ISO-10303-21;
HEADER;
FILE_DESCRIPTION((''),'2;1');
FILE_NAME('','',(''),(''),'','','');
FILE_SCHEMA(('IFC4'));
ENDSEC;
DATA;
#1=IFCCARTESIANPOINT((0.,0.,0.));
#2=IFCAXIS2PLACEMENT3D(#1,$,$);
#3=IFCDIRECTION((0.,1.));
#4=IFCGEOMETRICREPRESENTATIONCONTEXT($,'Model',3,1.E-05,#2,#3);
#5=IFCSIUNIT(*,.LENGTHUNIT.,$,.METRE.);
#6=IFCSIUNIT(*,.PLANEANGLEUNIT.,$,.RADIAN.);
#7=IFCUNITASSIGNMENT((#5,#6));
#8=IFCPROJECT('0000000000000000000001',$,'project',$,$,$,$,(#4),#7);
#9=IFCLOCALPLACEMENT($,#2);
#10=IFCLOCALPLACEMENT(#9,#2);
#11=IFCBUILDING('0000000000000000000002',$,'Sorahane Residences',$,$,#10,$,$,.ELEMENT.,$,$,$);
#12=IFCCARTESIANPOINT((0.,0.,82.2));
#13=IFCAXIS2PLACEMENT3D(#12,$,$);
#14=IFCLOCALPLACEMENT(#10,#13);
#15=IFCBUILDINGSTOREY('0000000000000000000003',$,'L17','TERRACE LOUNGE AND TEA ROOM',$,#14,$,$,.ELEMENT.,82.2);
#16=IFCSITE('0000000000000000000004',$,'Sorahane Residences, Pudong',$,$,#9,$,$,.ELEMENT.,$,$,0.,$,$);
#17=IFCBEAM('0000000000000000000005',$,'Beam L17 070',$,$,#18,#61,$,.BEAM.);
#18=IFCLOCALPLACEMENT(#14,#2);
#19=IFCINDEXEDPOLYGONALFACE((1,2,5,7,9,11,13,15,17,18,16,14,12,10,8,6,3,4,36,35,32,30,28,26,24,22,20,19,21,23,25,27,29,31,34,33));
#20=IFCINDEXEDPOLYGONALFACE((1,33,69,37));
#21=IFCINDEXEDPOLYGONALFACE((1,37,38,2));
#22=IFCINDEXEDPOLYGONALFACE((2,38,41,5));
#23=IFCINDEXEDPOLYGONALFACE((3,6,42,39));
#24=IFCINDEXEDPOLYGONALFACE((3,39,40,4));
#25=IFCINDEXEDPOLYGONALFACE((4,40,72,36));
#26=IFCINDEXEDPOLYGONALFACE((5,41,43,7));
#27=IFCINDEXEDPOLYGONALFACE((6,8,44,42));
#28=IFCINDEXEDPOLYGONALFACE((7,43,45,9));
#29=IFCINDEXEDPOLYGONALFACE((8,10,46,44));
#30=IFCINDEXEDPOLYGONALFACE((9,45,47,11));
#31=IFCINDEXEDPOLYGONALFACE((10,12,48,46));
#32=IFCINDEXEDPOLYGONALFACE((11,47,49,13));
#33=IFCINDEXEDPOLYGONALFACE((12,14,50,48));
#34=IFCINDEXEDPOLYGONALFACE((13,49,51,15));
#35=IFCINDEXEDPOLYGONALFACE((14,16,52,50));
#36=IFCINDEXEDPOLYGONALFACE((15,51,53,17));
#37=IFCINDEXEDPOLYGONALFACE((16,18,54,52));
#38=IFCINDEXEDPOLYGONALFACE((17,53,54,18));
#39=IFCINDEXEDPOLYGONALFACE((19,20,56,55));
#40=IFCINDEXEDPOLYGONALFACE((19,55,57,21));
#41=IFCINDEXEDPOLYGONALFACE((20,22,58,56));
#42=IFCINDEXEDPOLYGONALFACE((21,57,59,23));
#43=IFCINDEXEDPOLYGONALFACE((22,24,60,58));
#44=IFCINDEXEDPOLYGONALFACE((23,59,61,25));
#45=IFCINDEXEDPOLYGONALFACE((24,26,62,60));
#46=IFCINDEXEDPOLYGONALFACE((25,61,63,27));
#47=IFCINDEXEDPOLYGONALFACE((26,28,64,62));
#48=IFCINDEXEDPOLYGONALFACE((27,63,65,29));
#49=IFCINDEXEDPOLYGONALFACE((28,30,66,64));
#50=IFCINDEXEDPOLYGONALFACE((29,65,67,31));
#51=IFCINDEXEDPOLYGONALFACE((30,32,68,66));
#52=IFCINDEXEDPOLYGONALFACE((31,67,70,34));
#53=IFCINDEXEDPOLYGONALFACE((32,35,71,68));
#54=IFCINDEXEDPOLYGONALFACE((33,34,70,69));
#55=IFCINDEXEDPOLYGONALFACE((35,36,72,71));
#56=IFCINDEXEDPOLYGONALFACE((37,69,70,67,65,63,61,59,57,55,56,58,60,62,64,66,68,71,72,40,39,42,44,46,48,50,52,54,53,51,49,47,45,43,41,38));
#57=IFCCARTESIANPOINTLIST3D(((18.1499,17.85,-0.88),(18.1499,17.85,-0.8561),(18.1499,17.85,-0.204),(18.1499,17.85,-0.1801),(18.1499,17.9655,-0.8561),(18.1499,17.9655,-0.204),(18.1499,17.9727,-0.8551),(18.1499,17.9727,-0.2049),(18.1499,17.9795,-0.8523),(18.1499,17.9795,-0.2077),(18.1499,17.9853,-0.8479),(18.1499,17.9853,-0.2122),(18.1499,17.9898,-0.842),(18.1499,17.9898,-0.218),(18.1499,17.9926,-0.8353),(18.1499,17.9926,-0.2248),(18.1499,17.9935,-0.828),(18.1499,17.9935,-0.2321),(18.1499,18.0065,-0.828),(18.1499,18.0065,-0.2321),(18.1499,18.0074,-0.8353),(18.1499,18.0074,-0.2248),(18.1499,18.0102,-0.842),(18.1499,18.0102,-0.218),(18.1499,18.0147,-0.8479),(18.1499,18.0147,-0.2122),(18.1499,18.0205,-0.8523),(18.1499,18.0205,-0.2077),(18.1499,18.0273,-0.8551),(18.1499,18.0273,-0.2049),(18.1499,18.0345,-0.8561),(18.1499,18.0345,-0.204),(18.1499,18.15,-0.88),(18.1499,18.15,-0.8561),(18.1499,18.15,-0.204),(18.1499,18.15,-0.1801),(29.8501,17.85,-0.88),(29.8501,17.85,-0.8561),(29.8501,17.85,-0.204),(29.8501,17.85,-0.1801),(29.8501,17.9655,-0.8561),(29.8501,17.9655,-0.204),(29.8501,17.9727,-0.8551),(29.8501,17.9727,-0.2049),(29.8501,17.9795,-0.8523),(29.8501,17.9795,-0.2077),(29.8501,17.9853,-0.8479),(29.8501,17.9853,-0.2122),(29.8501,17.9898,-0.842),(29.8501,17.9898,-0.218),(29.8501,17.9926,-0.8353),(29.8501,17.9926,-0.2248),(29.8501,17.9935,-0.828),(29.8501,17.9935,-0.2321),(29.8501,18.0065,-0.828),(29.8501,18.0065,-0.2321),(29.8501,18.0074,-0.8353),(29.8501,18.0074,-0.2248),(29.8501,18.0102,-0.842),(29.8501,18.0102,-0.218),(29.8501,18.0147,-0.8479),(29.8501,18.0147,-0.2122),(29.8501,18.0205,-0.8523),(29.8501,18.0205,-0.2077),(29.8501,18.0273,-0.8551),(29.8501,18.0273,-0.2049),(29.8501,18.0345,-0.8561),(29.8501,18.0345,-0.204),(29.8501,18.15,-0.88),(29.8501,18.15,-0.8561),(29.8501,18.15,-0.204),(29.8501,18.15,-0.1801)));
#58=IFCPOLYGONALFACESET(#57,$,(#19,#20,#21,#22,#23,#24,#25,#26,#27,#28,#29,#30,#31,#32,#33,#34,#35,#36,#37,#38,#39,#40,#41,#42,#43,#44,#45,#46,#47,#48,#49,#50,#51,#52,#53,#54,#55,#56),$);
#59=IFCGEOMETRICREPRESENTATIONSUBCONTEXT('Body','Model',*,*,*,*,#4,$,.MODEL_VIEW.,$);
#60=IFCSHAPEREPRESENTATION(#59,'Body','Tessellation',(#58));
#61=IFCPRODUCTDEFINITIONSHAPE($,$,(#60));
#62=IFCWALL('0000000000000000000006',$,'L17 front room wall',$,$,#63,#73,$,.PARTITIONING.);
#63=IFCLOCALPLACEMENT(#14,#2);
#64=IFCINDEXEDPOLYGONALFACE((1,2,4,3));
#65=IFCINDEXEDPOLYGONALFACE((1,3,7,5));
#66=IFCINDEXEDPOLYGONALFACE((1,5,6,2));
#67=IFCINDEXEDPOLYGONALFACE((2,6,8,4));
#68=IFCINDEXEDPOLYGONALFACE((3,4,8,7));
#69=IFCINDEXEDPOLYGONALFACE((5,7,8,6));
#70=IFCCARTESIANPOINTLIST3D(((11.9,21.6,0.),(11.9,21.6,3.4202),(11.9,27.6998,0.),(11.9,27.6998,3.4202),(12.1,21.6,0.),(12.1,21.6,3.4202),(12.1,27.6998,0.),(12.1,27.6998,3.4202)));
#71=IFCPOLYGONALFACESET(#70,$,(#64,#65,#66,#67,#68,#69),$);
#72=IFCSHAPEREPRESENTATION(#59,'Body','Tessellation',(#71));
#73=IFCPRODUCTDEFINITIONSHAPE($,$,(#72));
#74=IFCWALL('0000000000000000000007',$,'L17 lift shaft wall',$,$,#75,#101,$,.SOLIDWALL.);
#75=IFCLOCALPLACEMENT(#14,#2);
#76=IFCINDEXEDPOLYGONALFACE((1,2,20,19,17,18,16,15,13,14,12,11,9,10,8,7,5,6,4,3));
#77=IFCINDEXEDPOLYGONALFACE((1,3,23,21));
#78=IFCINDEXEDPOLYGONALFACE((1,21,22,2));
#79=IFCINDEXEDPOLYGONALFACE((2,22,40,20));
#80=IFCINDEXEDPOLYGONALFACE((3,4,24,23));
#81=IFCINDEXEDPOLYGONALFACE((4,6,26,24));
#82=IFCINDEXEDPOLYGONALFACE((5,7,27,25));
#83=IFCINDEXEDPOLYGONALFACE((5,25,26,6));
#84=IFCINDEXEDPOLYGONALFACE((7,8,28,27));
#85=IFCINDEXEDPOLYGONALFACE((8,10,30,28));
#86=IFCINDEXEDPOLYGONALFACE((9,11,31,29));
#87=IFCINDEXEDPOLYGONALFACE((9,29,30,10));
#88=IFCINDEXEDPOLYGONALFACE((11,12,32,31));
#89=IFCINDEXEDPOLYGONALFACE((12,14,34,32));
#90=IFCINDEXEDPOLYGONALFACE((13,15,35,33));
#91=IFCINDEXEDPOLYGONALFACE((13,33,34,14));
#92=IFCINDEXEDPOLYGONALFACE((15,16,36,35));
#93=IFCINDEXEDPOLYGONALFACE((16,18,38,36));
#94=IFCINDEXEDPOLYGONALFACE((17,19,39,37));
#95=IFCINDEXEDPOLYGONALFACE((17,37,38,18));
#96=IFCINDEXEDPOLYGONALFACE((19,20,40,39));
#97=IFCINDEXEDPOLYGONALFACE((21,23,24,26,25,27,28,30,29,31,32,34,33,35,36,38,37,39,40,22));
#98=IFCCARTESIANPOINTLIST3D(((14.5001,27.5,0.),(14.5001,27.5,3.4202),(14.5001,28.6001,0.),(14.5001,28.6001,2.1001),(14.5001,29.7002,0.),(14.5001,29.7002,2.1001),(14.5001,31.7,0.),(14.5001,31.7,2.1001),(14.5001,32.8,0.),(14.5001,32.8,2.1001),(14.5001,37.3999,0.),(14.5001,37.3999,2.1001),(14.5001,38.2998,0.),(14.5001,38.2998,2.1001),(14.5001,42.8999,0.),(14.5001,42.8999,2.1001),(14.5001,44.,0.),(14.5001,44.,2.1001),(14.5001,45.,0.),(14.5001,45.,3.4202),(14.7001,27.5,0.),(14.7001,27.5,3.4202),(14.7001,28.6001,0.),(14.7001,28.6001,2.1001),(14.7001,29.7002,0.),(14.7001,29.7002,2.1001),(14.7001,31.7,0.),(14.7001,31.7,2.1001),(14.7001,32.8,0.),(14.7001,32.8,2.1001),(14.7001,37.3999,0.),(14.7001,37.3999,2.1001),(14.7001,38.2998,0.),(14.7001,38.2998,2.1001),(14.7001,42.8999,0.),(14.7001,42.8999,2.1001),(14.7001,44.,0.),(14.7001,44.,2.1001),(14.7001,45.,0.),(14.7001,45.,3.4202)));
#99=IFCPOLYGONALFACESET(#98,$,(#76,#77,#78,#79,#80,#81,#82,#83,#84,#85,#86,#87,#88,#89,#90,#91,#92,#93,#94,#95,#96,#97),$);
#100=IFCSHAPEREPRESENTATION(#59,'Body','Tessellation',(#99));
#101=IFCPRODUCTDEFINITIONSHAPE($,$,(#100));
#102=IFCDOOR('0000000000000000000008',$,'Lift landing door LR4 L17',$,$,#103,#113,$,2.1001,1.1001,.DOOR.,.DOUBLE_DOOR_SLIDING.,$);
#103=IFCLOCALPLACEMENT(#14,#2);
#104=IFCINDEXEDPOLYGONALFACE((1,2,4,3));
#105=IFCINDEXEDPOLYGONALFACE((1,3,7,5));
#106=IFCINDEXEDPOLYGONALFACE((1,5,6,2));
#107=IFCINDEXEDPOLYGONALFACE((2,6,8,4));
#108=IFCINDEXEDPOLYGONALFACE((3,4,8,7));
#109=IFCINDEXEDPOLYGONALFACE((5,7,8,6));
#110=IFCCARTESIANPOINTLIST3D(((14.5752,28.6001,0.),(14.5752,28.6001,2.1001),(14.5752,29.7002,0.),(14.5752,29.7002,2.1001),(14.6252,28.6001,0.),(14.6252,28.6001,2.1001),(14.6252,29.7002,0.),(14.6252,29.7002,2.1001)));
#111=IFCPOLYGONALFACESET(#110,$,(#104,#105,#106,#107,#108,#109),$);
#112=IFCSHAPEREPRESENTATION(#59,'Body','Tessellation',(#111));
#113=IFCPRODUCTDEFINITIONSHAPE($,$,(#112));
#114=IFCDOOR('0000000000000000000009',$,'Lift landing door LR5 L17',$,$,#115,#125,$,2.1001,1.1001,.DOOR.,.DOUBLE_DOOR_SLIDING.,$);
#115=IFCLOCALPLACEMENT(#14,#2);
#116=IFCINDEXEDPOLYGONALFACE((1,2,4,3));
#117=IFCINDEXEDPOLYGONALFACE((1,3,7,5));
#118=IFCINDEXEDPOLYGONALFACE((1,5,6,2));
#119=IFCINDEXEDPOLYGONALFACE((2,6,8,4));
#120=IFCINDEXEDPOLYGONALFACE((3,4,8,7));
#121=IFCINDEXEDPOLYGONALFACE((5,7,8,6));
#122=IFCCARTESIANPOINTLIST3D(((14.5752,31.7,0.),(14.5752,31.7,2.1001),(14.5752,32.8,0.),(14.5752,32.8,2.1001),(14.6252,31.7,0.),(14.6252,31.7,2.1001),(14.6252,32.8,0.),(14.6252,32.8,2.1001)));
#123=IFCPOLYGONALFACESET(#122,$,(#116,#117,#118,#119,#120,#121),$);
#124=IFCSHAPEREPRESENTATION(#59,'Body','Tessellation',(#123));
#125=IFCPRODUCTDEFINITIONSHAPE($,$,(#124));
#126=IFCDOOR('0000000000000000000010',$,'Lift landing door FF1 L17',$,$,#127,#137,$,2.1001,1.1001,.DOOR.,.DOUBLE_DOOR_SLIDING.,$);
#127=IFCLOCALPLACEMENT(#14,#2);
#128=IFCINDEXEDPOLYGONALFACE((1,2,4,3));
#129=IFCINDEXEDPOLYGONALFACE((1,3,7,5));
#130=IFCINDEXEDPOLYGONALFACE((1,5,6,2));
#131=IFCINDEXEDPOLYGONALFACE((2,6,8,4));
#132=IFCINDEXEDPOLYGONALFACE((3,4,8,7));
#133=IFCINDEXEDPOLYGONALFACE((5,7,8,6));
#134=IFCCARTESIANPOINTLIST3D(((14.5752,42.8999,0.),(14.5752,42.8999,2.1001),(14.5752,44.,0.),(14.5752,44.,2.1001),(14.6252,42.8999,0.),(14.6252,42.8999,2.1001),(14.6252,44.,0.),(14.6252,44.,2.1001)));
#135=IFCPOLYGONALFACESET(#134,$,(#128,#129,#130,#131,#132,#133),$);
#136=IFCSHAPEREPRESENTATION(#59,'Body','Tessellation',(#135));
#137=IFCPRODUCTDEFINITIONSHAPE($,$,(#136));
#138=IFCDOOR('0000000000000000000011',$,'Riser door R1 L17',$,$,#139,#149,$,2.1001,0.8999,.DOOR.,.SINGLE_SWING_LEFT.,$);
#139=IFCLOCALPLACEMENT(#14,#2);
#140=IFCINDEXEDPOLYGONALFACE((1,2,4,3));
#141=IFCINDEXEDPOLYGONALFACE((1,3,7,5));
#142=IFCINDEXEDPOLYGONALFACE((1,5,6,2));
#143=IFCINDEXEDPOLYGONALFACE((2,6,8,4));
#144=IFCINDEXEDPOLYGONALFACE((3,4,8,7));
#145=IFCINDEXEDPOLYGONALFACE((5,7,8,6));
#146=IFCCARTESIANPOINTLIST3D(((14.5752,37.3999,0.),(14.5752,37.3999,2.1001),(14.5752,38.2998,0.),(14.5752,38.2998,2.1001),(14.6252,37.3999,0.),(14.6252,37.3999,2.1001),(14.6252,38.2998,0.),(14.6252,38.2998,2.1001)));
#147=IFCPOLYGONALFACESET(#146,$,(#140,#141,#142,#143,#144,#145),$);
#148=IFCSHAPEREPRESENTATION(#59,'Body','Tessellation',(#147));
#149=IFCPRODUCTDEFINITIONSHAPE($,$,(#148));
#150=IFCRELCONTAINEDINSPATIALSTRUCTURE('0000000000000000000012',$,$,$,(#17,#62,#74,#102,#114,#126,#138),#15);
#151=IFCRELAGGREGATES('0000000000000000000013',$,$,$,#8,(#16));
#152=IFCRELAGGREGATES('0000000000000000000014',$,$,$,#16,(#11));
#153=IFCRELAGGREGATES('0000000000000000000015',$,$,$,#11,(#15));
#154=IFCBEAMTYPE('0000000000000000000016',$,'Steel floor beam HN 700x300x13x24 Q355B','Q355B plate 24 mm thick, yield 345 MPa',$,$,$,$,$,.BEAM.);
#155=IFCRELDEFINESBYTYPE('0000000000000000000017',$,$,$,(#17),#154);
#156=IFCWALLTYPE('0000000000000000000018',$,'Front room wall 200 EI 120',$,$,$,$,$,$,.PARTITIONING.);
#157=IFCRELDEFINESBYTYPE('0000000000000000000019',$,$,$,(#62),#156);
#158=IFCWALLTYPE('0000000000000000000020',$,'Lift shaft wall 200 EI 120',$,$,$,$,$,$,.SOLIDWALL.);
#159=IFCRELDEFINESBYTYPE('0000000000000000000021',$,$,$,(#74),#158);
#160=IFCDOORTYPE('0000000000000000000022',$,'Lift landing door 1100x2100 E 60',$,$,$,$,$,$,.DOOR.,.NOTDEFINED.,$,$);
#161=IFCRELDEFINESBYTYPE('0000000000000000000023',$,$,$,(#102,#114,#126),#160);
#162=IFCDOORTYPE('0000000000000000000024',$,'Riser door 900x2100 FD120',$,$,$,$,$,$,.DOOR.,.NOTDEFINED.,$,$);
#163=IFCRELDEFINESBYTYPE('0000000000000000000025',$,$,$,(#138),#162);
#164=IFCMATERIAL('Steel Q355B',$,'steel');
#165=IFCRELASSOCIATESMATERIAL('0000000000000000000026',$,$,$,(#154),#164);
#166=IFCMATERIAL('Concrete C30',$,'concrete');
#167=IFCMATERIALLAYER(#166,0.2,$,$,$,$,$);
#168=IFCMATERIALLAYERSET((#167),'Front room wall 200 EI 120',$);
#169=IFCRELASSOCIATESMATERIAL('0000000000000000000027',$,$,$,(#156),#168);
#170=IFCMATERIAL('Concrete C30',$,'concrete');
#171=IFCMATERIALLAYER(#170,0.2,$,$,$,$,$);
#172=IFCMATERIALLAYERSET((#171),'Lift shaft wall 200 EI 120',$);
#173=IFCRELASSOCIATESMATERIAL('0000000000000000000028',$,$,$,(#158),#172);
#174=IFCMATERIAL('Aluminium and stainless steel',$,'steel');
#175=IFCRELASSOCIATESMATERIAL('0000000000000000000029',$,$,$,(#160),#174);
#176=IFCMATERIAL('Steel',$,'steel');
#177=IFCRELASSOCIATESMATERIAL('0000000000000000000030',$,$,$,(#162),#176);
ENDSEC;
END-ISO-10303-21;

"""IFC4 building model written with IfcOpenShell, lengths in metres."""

from ifc_helpers import new_model, si_unit, direction, frame, frame_2d, origin, origin_2d, place, context, subcontext, project, spatial, rectangle, i_section, extrude, material, layer, layer_set, material_profile, profile_set, type_object, element, fill, save


model = new_model("IFC4")

# Units and contexts
model_context = context("Model", 3, precision=1e-05, world=origin(), true_north=direction((0.0, 1.0)))
body_context = subcontext(model_context, "Body", "Model", "MODEL_VIEW")
ifc_project = project(units=[si_unit("LENGTHUNIT", "METRE"), si_unit("PLANEANGLEUNIT", "RADIAN")], contexts=[model_context])

# Site, building, storey
site_placement = place(None, origin())
site = spatial("IfcSite", under=ifc_project, at=site_placement, Name="Sorahane Residences, Pudong", CompositionType="ELEMENT", RefElevation=0.0)
building_placement = place(site_placement, origin())
building = spatial("IfcBuilding", under=site, at=building_placement, Name="Sorahane Residences", CompositionType="ELEMENT")
storey_placement = place(building_placement, frame((0.0, 0.0, 82.2)))
storey = spatial("IfcBuildingStorey", under=building, at=storey_placement, Name="L17", Description="TERRACE LOUNGE AND TEA ROOM", CompositionType="ELEMENT", Elevation=82.2)

# Beam
ifc_material_1 = material(Name="Steel Q355B", Category="steel")
ifc_material_profile_1 = material_profile(ifc_material_1, i_section(OverallWidth=0.3, OverallDepth=0.7, WebThickness=0.0129, FlangeThickness=0.0239, FilletRadius=0.0281, at=origin_2d()), Name="HN 700x300x13x24")
ifc_profile_set_1 = profile_set([ifc_material_profile_1], Name="Steel Q355B")
beam_type_1 = type_object("IfcBeamType", Name="Steel floor beam HN 700x300x13x24 Q355B", Description="Q355B plate 24 mm thick, yield 345 MPa", PredefinedType="BEAM", material=ifc_profile_set_1)
beam_1_placement = place(storey_placement, frame((18.1499, 18.0, -0.53), z_axis=(1.0, 0.0, 0.0), x_axis=(0.0, 1.0, 0.0)))
element("IfcBeam", 1, at=beam_1_placement, inside=storey, type_object=beam_type_1, Name="Beam L17 070", PredefinedType="BEAM", context=body_context, shape_type="SweptSolid", body=[
    extrude(i_section(OverallWidth=0.3, OverallDepth=0.7, WebThickness=0.0129, FlangeThickness=0.0239, FilletRadius=0.0281, at=origin_2d()), origin(), (0.0, 0.0, 1.0), 11.7002),
])

# Wall
ifc_material_2 = material(Name="Concrete C30", Category="concrete")
ifc_layer_1 = layer(ifc_material_2, 0.2)
ifc_layer_set_1 = layer_set([ifc_layer_1], Name="Front room wall 200 EI 120")
wall_type_1 = type_object("IfcWallType", Name="Front room wall 200 EI 120", PredefinedType="PARTITIONING", material=ifc_layer_set_1)
wall_1_placement = place(storey_placement, frame((12.0, 21.6001, 0.0), z_axis=(0.0, 0.0, 1.0), x_axis=(0.0, 1.0, 0.0)))
element("IfcWall", 2, at=wall_1_placement, inside=storey, type_object=wall_type_1, Name="L17 front room wall", PredefinedType="PARTITIONING", context=body_context, shape_type="SweptSolid", body=[
    extrude(rectangle(XDim=6.0999, YDim=0.2, at=frame_2d((3.0498, 0.0))), origin(), (0.0, 0.0, 1.0), 3.4202),
])

# Wall, openings, doors
ifc_material_3 = material(Name="Concrete C30", Category="concrete")
ifc_layer_2 = layer(ifc_material_3, 0.2)
ifc_layer_set_2 = layer_set([ifc_layer_2], Name="Lift shaft wall 200 EI 120")
wall_type_2 = type_object("IfcWallType", Name="Lift shaft wall 200 EI 120", PredefinedType="SOLIDWALL", material=ifc_layer_set_2)
wall_2_placement = place(storey_placement, frame((14.6001, 27.5, 0.0), z_axis=(0.0, 0.0, 1.0), x_axis=(0.0, 1.0, 0.0)))
wall_2 = element("IfcWall", 3, at=wall_2_placement, inside=storey, type_object=wall_type_2, Name="L17 lift shaft wall", PredefinedType="SOLIDWALL", context=body_context, shape_type="SweptSolid", body=[
    extrude(rectangle(XDim=17.5, YDim=0.2, at=frame_2d((8.75, 0.0))), origin(), (0.0, 0.0, 1.0), 3.4202),
])
opening_1_placement = place(wall_2_placement, frame((1.1001, 0.0, 0.0)))
opening_1 = element("IfcOpeningElement", 4, at=opening_1_placement, cuts=wall_2, PredefinedType="OPENING", context=body_context, shape_type="SweptSolid", body=[
    extrude(rectangle(XDim=1.1001, YDim=2.1001, at=frame_2d((0.55, 1.05))), frame((0.0, 0.1099, 0.0), z_axis=(0.0, -1.0, 0.0), x_axis=(1.0, 0.0, 0.0)), (0.0, 0.0, 1.0), 0.22),
])
opening_2_placement = place(wall_2_placement, frame((4.2, 0.0, 0.0)))
opening_2 = element("IfcOpeningElement", 5, at=opening_2_placement, cuts=wall_2, PredefinedType="OPENING", context=body_context, shape_type="SweptSolid", body=[
    extrude(rectangle(XDim=1.1001, YDim=2.1001, at=frame_2d((0.55, 1.05))), frame((0.0, 0.1099, 0.0), z_axis=(0.0, -1.0, 0.0), x_axis=(1.0, 0.0, 0.0)), (0.0, 0.0, 1.0), 0.22),
])
opening_3_placement = place(wall_2_placement, frame((15.3999, 0.0, 0.0)))
opening_3 = element("IfcOpeningElement", 6, at=opening_3_placement, cuts=wall_2, PredefinedType="OPENING", context=body_context, shape_type="SweptSolid", body=[
    extrude(rectangle(XDim=1.1001, YDim=2.1001, at=frame_2d((0.55, 1.05))), frame((0.0, 0.1099, 0.0), z_axis=(0.0, -1.0, 0.0), x_axis=(1.0, 0.0, 0.0)), (0.0, 0.0, 1.0), 0.22),
])
opening_4_placement = place(wall_2_placement, frame((9.8999, 0.0, 0.0)))
opening_4 = element("IfcOpeningElement", 7, at=opening_4_placement, cuts=wall_2, PredefinedType="OPENING", context=body_context, shape_type="SweptSolid", body=[
    extrude(rectangle(XDim=0.8999, YDim=2.1001, at=frame_2d((0.45, 1.05))), frame((0.0, 0.1099, 0.0), z_axis=(0.0, -1.0, 0.0), x_axis=(1.0, 0.0, 0.0)), (0.0, 0.0, 1.0), 0.22),
])
ifc_material_4 = material(Name="Aluminium and stainless steel", Category="steel")
door_type_1 = type_object("IfcDoorType", Name="Lift landing door 1100x2100 E 60", OperationType="NOTDEFINED", PredefinedType="DOOR", material=ifc_material_4)
door_1_placement = place(opening_1_placement, origin())
door_1 = element("IfcDoor", 8, at=door_1_placement, inside=storey, type_object=door_type_1, Name="Lift landing door LR4 L17", OperationType="DOUBLE_DOOR_SLIDING", OverallHeight=2.1001, OverallWidth=1.1001, PredefinedType="DOOR", context=body_context, shape_type="SweptSolid", body=[
    extrude(rectangle(XDim=1.1001, YDim=2.1001, at=frame_2d((0.55, 1.05))), frame((0.0, 0.0249, 0.0), z_axis=(0.0, -1.0, 0.0), x_axis=(1.0, 0.0, 0.0)), (0.0, 0.0, 1.0), 0.05),
])
fill(opening_1, door_1)
door_2_placement = place(opening_2_placement, origin())
door_2 = element("IfcDoor", 9, at=door_2_placement, inside=storey, type_object=door_type_1, Name="Lift landing door LR5 L17", OperationType="DOUBLE_DOOR_SLIDING", OverallHeight=2.1001, OverallWidth=1.1001, PredefinedType="DOOR", context=body_context, shape_type="SweptSolid", body=[
    extrude(rectangle(XDim=1.1001, YDim=2.1001, at=frame_2d((0.55, 1.05))), frame((0.0, 0.0249, 0.0), z_axis=(0.0, -1.0, 0.0), x_axis=(1.0, 0.0, 0.0)), (0.0, 0.0, 1.0), 0.05),
])
fill(opening_2, door_2)
door_3_placement = place(opening_3_placement, origin())
door_3 = element("IfcDoor", 10, at=door_3_placement, inside=storey, type_object=door_type_1, Name="Lift landing door FF1 L17", OperationType="DOUBLE_DOOR_SLIDING", OverallHeight=2.1001, OverallWidth=1.1001, PredefinedType="DOOR", context=body_context, shape_type="SweptSolid", body=[
    extrude(rectangle(XDim=1.1001, YDim=2.1001, at=frame_2d((0.55, 1.05))), frame((0.0, 0.0249, 0.0), z_axis=(0.0, -1.0, 0.0), x_axis=(1.0, 0.0, 0.0)), (0.0, 0.0, 1.0), 0.05),
])
fill(opening_3, door_3)
ifc_material_5 = material(Name="Steel", Category="steel")
door_type_2 = type_object("IfcDoorType", Name="Riser door 900x2100 FD120", OperationType="NOTDEFINED", PredefinedType="DOOR", material=ifc_material_5)
door_4_placement = place(opening_4_placement, origin())
door_4 = element("IfcDoor", 11, at=door_4_placement, inside=storey, type_object=door_type_2, Name="Riser door R1 L17", OperationType="SINGLE_SWING_LEFT", OverallHeight=2.1001, OverallWidth=0.8999, PredefinedType="DOOR", context=body_context, shape_type="SweptSolid", body=[
    extrude(rectangle(XDim=0.8999, YDim=2.1001, at=frame_2d((0.45, 1.05))), frame((0.0, 0.0249, 0.0), z_axis=(0.0, -1.0, 0.0), x_axis=(1.0, 0.0, 0.0)), (0.0, 0.0, 1.0), 0.05),
])
fill(opening_4, door_4)

save(model, "model.ifc")
